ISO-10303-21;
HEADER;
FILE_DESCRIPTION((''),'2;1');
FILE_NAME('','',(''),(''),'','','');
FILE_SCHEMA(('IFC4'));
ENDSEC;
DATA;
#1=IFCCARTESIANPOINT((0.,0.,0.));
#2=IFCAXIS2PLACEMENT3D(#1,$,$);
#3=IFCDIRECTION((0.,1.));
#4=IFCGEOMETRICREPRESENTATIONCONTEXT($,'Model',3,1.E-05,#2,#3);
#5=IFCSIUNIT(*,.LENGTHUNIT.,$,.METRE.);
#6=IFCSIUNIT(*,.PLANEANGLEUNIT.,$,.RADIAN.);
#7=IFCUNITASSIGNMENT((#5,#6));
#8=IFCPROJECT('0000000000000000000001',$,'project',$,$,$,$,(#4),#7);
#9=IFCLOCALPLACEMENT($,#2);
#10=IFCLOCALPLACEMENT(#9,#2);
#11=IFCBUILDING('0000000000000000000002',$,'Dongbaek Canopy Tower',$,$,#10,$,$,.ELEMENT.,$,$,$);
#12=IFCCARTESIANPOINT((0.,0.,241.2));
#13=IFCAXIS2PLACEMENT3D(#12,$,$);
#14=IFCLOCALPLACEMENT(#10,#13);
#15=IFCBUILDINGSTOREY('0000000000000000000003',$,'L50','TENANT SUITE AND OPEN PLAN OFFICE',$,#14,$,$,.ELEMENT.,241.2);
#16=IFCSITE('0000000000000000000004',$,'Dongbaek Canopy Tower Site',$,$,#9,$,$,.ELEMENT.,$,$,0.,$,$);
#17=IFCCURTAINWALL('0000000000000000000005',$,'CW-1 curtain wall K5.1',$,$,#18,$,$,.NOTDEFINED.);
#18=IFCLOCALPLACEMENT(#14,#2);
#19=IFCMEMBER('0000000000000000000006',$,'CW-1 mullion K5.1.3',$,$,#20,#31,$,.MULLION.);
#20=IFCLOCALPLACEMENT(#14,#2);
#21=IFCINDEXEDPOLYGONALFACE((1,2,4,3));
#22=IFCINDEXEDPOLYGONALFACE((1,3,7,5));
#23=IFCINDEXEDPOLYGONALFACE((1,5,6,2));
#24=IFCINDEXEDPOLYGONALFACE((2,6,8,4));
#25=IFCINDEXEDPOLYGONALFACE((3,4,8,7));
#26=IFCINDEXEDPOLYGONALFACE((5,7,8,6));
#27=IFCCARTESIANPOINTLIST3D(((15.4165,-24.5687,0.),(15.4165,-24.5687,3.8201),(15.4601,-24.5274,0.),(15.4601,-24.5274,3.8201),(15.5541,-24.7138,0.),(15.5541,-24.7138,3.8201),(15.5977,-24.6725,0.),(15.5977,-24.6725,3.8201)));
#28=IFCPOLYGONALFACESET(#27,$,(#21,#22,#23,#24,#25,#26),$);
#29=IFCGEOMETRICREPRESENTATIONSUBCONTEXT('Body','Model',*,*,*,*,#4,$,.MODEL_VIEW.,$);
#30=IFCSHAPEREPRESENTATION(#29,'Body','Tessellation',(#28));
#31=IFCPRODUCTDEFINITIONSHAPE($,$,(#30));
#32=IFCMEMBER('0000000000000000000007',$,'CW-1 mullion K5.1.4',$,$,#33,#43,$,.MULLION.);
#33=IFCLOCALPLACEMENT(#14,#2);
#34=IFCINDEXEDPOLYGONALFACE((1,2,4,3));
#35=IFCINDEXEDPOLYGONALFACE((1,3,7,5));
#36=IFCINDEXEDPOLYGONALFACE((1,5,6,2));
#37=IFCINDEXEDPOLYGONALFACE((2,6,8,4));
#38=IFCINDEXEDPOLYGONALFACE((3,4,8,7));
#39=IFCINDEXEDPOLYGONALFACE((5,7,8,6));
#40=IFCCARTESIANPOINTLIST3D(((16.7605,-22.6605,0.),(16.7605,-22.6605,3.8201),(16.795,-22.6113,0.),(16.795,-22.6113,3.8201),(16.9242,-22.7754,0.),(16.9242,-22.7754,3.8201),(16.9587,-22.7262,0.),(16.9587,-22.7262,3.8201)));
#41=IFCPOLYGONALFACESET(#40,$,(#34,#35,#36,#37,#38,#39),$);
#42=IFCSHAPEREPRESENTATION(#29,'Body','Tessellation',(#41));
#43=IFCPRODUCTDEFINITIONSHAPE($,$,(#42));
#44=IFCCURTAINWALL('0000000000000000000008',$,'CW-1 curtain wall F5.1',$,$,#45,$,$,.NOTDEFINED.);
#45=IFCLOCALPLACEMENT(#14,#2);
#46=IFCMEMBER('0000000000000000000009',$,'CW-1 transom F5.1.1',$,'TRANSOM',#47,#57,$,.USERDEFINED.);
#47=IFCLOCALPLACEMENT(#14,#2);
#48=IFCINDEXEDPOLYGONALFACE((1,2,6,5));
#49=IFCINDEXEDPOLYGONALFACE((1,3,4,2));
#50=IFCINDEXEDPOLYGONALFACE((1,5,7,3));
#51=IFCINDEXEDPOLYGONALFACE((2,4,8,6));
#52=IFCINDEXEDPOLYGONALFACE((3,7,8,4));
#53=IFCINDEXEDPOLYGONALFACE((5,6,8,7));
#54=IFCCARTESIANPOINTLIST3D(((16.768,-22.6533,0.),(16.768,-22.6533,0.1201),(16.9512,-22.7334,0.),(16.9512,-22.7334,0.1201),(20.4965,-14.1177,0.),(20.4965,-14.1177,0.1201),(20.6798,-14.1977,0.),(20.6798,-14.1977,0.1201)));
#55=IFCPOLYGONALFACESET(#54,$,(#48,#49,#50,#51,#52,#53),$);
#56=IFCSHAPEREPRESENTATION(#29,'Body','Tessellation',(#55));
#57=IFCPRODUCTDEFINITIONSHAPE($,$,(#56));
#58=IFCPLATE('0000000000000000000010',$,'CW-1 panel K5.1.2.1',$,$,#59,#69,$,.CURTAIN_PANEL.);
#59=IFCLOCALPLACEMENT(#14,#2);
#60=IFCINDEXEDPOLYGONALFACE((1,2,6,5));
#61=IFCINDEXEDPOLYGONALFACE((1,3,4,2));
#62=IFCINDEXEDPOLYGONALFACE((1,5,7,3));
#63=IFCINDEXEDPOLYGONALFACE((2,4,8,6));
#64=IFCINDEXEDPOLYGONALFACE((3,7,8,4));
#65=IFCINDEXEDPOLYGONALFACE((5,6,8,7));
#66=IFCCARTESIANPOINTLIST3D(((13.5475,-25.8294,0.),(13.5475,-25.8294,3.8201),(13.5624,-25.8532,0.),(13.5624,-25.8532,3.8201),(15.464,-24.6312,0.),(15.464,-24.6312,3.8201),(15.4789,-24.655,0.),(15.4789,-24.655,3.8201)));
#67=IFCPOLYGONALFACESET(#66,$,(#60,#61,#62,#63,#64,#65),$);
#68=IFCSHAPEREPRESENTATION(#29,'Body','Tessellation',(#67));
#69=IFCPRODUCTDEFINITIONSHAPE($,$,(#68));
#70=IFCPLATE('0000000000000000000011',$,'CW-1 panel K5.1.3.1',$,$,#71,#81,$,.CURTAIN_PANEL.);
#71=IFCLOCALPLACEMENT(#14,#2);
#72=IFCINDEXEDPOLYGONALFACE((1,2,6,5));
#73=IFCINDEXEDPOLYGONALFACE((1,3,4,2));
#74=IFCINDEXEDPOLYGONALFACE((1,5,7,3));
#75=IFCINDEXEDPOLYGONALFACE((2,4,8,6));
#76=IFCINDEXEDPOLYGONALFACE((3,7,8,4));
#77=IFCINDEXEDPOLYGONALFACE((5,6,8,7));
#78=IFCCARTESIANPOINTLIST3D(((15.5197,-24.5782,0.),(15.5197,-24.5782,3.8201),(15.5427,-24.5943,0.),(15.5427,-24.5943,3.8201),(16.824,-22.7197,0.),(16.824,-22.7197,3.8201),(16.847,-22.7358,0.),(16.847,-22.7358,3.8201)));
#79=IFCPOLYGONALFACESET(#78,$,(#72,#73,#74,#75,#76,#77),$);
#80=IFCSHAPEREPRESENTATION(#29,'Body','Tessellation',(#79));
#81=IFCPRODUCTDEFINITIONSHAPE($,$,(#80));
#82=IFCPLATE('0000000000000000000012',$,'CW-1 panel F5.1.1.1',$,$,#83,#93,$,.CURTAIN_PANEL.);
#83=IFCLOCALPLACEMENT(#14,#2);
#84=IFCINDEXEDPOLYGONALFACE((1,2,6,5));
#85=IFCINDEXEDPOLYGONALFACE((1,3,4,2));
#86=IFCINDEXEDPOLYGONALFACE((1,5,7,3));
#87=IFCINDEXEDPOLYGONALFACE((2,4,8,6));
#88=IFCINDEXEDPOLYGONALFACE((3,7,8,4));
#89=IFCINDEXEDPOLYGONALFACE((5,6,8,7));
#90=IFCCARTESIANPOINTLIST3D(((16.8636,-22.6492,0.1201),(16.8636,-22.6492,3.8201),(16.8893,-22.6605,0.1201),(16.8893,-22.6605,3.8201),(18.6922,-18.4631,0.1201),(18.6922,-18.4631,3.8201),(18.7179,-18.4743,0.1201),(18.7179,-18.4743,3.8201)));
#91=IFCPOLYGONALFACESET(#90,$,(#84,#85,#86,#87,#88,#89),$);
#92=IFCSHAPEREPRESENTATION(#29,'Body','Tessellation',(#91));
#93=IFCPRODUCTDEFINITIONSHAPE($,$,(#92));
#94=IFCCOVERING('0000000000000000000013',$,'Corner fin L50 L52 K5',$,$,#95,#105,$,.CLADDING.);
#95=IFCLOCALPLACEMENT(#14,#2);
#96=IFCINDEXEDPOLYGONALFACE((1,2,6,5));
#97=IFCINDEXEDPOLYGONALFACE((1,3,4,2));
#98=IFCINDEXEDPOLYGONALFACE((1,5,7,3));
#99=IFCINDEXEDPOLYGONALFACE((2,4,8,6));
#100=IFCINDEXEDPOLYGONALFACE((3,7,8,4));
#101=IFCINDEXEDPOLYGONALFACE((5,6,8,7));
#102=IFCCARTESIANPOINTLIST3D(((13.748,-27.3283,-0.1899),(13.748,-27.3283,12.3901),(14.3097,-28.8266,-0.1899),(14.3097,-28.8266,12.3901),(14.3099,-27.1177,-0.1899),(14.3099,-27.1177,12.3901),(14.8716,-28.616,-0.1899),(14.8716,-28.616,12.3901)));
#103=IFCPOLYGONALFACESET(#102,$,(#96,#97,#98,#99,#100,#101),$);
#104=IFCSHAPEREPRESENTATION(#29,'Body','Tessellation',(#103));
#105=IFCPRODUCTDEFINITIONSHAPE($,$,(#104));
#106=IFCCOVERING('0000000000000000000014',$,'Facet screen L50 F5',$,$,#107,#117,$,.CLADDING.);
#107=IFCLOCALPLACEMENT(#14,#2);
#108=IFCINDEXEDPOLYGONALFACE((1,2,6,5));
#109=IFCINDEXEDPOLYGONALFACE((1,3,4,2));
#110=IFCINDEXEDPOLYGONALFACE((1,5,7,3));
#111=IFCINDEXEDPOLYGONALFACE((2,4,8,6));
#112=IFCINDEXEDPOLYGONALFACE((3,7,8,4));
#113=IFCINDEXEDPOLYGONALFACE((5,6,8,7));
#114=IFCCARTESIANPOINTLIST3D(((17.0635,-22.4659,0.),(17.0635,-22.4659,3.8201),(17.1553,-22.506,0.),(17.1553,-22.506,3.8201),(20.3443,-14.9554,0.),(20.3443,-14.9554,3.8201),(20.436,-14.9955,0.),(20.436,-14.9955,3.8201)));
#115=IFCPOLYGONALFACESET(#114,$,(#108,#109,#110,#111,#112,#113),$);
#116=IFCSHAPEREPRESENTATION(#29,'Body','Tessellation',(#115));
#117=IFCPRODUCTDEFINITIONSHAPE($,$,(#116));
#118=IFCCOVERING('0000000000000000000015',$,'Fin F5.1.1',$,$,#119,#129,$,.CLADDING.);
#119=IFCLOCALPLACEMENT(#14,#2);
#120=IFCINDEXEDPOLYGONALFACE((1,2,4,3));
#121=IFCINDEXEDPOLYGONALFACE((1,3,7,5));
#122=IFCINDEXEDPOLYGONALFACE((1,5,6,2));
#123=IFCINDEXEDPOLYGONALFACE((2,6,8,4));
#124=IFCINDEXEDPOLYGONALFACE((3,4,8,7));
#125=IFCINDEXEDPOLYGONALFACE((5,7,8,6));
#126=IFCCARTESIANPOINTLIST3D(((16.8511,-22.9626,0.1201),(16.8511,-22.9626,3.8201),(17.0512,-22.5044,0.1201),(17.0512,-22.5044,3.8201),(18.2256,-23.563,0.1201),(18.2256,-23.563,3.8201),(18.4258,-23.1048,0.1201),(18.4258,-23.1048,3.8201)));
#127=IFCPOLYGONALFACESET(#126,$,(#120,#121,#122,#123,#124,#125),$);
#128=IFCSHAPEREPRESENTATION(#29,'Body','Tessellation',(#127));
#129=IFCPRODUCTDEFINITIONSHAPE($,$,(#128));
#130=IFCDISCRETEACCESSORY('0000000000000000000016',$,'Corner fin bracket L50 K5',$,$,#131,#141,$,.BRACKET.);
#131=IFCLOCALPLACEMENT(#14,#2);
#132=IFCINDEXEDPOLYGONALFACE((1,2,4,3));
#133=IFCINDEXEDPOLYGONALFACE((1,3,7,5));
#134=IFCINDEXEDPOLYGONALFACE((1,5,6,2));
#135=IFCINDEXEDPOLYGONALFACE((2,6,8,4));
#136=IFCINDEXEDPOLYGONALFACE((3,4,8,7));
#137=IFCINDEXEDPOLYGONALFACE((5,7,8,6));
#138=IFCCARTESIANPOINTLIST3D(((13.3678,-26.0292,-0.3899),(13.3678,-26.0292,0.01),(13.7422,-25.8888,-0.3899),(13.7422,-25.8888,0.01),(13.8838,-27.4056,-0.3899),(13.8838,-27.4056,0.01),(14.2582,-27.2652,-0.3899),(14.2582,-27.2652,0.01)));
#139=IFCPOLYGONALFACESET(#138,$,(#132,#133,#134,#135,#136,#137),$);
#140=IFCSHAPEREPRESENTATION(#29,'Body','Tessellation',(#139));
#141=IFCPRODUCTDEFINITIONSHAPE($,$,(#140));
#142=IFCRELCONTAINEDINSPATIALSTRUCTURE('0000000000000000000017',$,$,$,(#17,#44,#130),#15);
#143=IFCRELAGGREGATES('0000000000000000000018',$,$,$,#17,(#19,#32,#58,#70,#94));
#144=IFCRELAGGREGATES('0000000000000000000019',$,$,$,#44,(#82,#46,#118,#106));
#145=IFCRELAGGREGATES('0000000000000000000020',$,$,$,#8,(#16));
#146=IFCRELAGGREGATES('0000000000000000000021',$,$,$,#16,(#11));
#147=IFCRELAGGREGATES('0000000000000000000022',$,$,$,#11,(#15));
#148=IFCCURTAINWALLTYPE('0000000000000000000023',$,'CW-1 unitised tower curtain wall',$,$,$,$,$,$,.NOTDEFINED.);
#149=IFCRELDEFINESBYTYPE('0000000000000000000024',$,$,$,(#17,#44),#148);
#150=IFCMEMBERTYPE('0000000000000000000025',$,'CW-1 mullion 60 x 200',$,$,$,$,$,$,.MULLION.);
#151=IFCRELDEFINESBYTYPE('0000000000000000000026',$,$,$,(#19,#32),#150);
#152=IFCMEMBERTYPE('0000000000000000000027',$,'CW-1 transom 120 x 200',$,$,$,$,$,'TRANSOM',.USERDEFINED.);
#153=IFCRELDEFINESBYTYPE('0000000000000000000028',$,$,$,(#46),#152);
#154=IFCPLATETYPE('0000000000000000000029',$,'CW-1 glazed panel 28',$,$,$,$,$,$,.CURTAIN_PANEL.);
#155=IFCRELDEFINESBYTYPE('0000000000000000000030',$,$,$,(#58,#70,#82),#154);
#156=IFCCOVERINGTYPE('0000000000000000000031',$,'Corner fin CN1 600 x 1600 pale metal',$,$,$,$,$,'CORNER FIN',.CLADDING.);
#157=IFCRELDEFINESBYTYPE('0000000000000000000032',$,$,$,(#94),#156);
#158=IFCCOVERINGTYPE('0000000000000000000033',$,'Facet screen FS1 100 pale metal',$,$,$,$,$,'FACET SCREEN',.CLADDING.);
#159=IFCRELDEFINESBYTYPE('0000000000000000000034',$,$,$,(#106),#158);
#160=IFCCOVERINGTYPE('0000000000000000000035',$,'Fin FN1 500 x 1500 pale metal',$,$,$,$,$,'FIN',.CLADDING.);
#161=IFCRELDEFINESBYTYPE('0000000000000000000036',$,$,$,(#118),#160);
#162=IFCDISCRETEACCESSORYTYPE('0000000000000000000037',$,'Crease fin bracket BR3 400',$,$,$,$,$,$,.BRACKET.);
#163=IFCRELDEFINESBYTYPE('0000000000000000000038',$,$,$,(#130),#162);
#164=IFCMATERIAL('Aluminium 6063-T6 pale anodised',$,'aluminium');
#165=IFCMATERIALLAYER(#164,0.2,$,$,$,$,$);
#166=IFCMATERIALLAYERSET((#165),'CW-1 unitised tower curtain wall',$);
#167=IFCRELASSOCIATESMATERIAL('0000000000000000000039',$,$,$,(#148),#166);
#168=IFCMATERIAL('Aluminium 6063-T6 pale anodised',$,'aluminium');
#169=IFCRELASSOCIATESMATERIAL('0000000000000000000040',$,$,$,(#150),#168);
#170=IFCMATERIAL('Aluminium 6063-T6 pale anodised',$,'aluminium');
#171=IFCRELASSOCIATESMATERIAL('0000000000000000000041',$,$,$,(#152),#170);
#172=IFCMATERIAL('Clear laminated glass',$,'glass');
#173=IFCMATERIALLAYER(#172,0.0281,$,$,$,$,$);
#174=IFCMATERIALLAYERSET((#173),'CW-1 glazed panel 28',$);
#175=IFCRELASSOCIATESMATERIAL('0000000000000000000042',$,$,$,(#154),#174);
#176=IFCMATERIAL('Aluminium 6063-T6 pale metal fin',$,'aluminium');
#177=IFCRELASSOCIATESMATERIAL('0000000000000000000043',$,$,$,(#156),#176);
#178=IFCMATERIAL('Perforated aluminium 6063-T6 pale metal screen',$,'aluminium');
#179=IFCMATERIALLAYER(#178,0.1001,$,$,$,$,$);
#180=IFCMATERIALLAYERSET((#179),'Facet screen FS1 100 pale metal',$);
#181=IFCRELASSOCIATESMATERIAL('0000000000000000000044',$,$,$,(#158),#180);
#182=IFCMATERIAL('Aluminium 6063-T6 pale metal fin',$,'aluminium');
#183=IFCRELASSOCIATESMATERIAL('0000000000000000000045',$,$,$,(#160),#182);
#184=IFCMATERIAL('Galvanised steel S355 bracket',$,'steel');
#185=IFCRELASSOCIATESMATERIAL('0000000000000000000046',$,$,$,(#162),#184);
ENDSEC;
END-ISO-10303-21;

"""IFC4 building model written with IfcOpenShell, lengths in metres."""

from ifc_helpers import new_model, si_unit, direction, frame, origin, origin_2d, place, context, subcontext, project, spatial, rectangle, extrude, material, layer, layer_set, material_profile, profile_set, type_object, element, aggregate, save


model = new_model("IFC4")

# Units and contexts
model_context = context("Model", 3, precision=1e-05, world=origin(), true_north=direction((0.0, 1.0)))
body_context = subcontext(model_context, "Body", "Model", "MODEL_VIEW")
ifc_project = project(units=[si_unit("LENGTHUNIT", "METRE"), si_unit("PLANEANGLEUNIT", "RADIAN")], contexts=[model_context])

# Site, building, storey
site_placement = place(None, origin())
site = spatial("IfcSite", under=ifc_project, at=site_placement, Name="Dongbaek Canopy Tower Site", CompositionType="ELEMENT", RefElevation=0.0)
building_placement = place(site_placement, origin())
building = spatial("IfcBuilding", under=site, at=building_placement, Name="Dongbaek Canopy Tower", CompositionType="ELEMENT")
storey_placement = place(building_placement, frame((0.0, 0.0, 241.2)))
storey = spatial("IfcBuildingStorey", under=building, at=storey_placement, Name="L50", Description="TENANT SUITE AND OPEN PLAN OFFICE", CompositionType="ELEMENT", Elevation=241.2)

# Curtain wall, members
ifc_material_1 = material(Name="Aluminium 6063-T6 pale anodised", Category="aluminium")
ifc_layer_1 = layer(ifc_material_1, 0.2)
ifc_layer_set_1 = layer_set([ifc_layer_1], Name="CW-1 unitised tower curtain wall")
curtain_wall_type = type_object("IfcCurtainWallType", Name="CW-1 unitised tower curtain wall", PredefinedType="NOTDEFINED", material=ifc_layer_set_1)
curtain_wall_1_placement = place(storey_placement, origin())
curtain_wall_1 = element("IfcCurtainWall", 1, at=curtain_wall_1_placement, inside=storey, type_object=curtain_wall_type, Name="CW-1 curtain wall K5.1", PredefinedType="NOTDEFINED")
ifc_material_2 = material(Name="Aluminium 6063-T6 pale anodised", Category="aluminium")
ifc_material_profile_1 = material_profile(ifc_material_2, rectangle(XDim=0.2, YDim=0.0601, at=origin_2d()), Name="CW-1 mullion 60 x 200")
ifc_profile_set_1 = profile_set([ifc_material_profile_1], Name="Aluminium 6063-T6 pale anodised")
member_type_1 = type_object("IfcMemberType", Name="CW-1 mullion 60 x 200", PredefinedType="MULLION", material=ifc_profile_set_1)
member_1_placement = place(storey_placement, frame((15.5071, -24.6206, 0.0), z_axis=(0.0, 0.0, 1.0), x_axis=(0.688056, -0.725657, 0.0)))
member_1 = element("IfcMember", 2, at=member_1_placement, type_object=member_type_1, Name="CW-1 mullion K5.1.3", PredefinedType="MULLION", context=body_context, shape_type="SweptSolid", body=[
    extrude(rectangle(XDim=0.2, YDim=0.0601, at=origin_2d()), origin(), (0.0, 0.0, 1.0), 3.8201),
])
member_2_placement = place(storey_placement, frame((16.8596, -22.6934, 0.0), z_axis=(0.0, 0.0, 1.0), x_axis=(0.81855, -0.574435, 0.0)))
member_2 = element("IfcMember", 3, at=member_2_placement, type_object=member_type_1, Name="CW-1 mullion K5.1.4", PredefinedType="MULLION", context=body_context, shape_type="SweptSolid", body=[
    extrude(rectangle(XDim=0.2, YDim=0.0601, at=origin_2d()), origin(), (0.0, 0.0, 1.0), 3.8201),
])

# Curtain wall, member
curtain_wall_2_placement = place(storey_placement, origin())
curtain_wall_2 = element("IfcCurtainWall", 4, at=curtain_wall_2_placement, inside=storey, type_object=curtain_wall_type, Name="CW-1 curtain wall F5.1", PredefinedType="NOTDEFINED")
ifc_material_3 = material(Name="Aluminium 6063-T6 pale anodised", Category="aluminium")
ifc_material_profile_2 = material_profile(ifc_material_3, rectangle(XDim=0.2, YDim=0.1201, at=origin_2d()), Name="CW-1 transom 120 x 200")
ifc_profile_set_2 = profile_set([ifc_material_profile_2], Name="Aluminium 6063-T6 pale anodised")
member_type_2 = type_object("IfcMemberType", Name="CW-1 transom 120 x 200", ElementType="TRANSOM", PredefinedType="USERDEFINED", material=ifc_profile_set_2)
member_3_placement = place(storey_placement, frame((16.8596, -22.6934, 0.0601), z_axis=(0.400294, 0.916387, 0.0), x_axis=(-0.916387, 0.400294, 0.0)))
member_3 = element("IfcMember", 5, at=member_3_placement, type_object=member_type_2, Name="CW-1 transom F5.1.1", ObjectType="TRANSOM", PredefinedType="USERDEFINED", context=body_context, shape_type="SweptSolid", body=[
    extrude(rectangle(XDim=0.2, YDim=0.1201, at=origin_2d()), origin(), (0.0, 0.0, 1.0), 9.3145),
])

# Plates
ifc_material_4 = material(Name="Clear laminated glass", Category="glass")
ifc_layer_2 = layer(ifc_material_4, 0.0281)
ifc_layer_set_2 = layer_set([ifc_layer_2], Name="CW-1 glazed panel 28")
plate_type = type_object("IfcPlateType", Name="CW-1 glazed panel 28", PredefinedType="CURTAIN_PANEL", material=ifc_layer_set_2)
plate_1_placement = place(storey_placement, frame((14.5132, -25.2422, 0.0), z_axis=(0.0, 0.0, 1.0), x_axis=(0.847928, 0.530111, 0.0)))
plate_1 = element("IfcPlate", 6, at=plate_1_placement, type_object=plate_type, Name="CW-1 panel K5.1.2.1", PredefinedType="CURTAIN_PANEL", context=body_context, shape_type="SweptSolid", body=[
    extrude(rectangle(XDim=2.2603, YDim=0.0281, at=origin_2d()), origin(), (0.0, 0.0, 1.0), 3.8201),
])
plate_2_placement = place(storey_placement, frame((16.1833, -23.657, 0.0), z_axis=(0.0, 0.0, 1.0), x_axis=(0.574435, 0.81855, 0.0)))
plate_2 = element("IfcPlate", 7, at=plate_2_placement, type_object=plate_type, Name="CW-1 panel K5.1.3.1", PredefinedType="CURTAIN_PANEL", context=body_context, shape_type="SweptSolid", body=[
    extrude(rectangle(XDim=2.2705, YDim=0.0281, at=origin_2d()), origin(), (0.0, 0.0, 1.0), 3.8201),
])
plate_3_placement = place(storey_placement, frame((17.7908, -20.5618, 0.1201), z_axis=(0.0, 0.0, 1.0), x_axis=(0.400295, 0.916386, 0.0)))
plate_3 = element("IfcPlate", 8, at=plate_3_placement, type_object=plate_type, Name="CW-1 panel F5.1.1.1", PredefinedType="CURTAIN_PANEL", context=body_context, shape_type="SweptSolid", body=[
    extrude(rectangle(XDim=4.5681, YDim=0.0281, at=origin_2d()), origin(), (0.0, 0.0, 1.0), 3.7),
])

# Coverings
ifc_material_5 = material(Name="Aluminium 6063-T6 pale metal fin", Category="aluminium")
ifc_material_profile_3 = material_profile(ifc_material_5, rectangle(XDim=1.6001, YDim=0.6001, at=origin_2d()), Name="Corner fin CN1 600 x 1600 pale metal")
ifc_profile_set_3 = profile_set([ifc_material_profile_3], Name="Aluminium 6063-T6 pale metal fin")
covering_type_1 = type_object("IfcCoveringType", Name="Corner fin CN1 600 x 1600 pale metal", ElementType="CORNER FIN", PredefinedType="CLADDING", material=ifc_profile_set_3)
covering_1_placement = place(storey_placement, frame((14.3098, -27.9722, -0.1899), z_axis=(0.0, 0.0, 1.0), x_axis=(0.351016, -0.936369, 0.0)))
covering_1 = element("IfcCovering", 9, at=covering_1_placement, type_object=covering_type_1, Name="Corner fin L50 L52 K5", PredefinedType="CLADDING", context=body_context, shape_type="SweptSolid", body=[
    extrude(rectangle(XDim=1.6001, YDim=0.6001, at=origin_2d()), origin(), (0.0, 0.0, 1.0), 12.5801),
])
aggregate(curtain_wall_1, [member_1, member_2, plate_1, plate_2, covering_1])
ifc_material_6 = material(Name="Perforated aluminium 6063-T6 pale metal screen", Category="aluminium")
ifc_layer_3 = layer(ifc_material_6, 0.1001)
ifc_layer_set_3 = layer_set([ifc_layer_3], Name="Facet screen FS1 100 pale metal")
covering_type_2 = type_object("IfcCoveringType", Name="Facet screen FS1 100 pale metal", ElementType="FACET SCREEN", PredefinedType="CLADDING", material=ifc_layer_set_3)
covering_2_placement = place(storey_placement, frame((18.7498, -18.7307, 0.0), z_axis=(0.0, 0.0, 1.0), x_axis=(0.400295, 0.916386, 0.0)))
covering_2 = element("IfcCovering", 10, at=covering_2_placement, type_object=covering_type_2, Name="Facet screen L50 F5", PredefinedType="CLADDING", context=body_context, shape_type="SweptSolid", body=[
    extrude(rectangle(XDim=8.1958, YDim=0.1001, at=origin_2d()), origin(), (0.0, 0.0, 1.0), 3.8201),
])
ifc_material_7 = material(Name="Aluminium 6063-T6 pale metal fin", Category="aluminium")
ifc_material_profile_4 = material_profile(ifc_material_7, rectangle(XDim=1.5, YDim=0.5, at=origin_2d()), Name="Fin FN1 500 x 1500 pale metal")
ifc_profile_set_4 = profile_set([ifc_material_profile_4], Name="Aluminium 6063-T6 pale metal fin")
covering_type_3 = type_object("IfcCoveringType", Name="Fin FN1 500 x 1500 pale metal", ElementType="FIN", PredefinedType="CLADDING", material=ifc_profile_set_4)
covering_3_placement = place(storey_placement, frame((17.6384, -23.0337, 0.1201), z_axis=(0.0, 0.0, 1.0), x_axis=(0.916386, -0.400295, 0.0)))
covering_3 = element("IfcCovering", 11, at=covering_3_placement, type_object=covering_type_3, Name="Fin F5.1.1", PredefinedType="CLADDING", context=body_context, shape_type="SweptSolid", body=[
    extrude(rectangle(XDim=1.5, YDim=0.5, at=origin_2d()), origin(), (0.0, 0.0, 1.0), 3.7),
])
aggregate(curtain_wall_2, [plate_3, member_3, covering_3, covering_2])

# Discrete accessory
ifc_material_8 = material(Name="Galvanised steel S355 bracket", Category="steel")
discrete_accessory_type = type_object("IfcDiscreteAccessoryType", Name="Crease fin bracket BR3 400", PredefinedType="BRACKET", material=ifc_material_8)
discrete_accessory_placement = place(storey_placement, frame((13.813, -26.6472, -0.3899), z_axis=(0.0, 0.0, 1.0), x_axis=(0.351016, -0.936369, 0.0)))
element("IfcDiscreteAccessory", 12, at=discrete_accessory_placement, inside=storey, type_object=discrete_accessory_type, Name="Corner fin bracket L50 K5", PredefinedType="BRACKET", context=body_context, shape_type="SweptSolid", body=[
    extrude(rectangle(XDim=1.47, YDim=0.3999, at=origin_2d()), origin(), (0.0, 0.0, 1.0), 0.3999),
])

save(model, "model.ifc")
